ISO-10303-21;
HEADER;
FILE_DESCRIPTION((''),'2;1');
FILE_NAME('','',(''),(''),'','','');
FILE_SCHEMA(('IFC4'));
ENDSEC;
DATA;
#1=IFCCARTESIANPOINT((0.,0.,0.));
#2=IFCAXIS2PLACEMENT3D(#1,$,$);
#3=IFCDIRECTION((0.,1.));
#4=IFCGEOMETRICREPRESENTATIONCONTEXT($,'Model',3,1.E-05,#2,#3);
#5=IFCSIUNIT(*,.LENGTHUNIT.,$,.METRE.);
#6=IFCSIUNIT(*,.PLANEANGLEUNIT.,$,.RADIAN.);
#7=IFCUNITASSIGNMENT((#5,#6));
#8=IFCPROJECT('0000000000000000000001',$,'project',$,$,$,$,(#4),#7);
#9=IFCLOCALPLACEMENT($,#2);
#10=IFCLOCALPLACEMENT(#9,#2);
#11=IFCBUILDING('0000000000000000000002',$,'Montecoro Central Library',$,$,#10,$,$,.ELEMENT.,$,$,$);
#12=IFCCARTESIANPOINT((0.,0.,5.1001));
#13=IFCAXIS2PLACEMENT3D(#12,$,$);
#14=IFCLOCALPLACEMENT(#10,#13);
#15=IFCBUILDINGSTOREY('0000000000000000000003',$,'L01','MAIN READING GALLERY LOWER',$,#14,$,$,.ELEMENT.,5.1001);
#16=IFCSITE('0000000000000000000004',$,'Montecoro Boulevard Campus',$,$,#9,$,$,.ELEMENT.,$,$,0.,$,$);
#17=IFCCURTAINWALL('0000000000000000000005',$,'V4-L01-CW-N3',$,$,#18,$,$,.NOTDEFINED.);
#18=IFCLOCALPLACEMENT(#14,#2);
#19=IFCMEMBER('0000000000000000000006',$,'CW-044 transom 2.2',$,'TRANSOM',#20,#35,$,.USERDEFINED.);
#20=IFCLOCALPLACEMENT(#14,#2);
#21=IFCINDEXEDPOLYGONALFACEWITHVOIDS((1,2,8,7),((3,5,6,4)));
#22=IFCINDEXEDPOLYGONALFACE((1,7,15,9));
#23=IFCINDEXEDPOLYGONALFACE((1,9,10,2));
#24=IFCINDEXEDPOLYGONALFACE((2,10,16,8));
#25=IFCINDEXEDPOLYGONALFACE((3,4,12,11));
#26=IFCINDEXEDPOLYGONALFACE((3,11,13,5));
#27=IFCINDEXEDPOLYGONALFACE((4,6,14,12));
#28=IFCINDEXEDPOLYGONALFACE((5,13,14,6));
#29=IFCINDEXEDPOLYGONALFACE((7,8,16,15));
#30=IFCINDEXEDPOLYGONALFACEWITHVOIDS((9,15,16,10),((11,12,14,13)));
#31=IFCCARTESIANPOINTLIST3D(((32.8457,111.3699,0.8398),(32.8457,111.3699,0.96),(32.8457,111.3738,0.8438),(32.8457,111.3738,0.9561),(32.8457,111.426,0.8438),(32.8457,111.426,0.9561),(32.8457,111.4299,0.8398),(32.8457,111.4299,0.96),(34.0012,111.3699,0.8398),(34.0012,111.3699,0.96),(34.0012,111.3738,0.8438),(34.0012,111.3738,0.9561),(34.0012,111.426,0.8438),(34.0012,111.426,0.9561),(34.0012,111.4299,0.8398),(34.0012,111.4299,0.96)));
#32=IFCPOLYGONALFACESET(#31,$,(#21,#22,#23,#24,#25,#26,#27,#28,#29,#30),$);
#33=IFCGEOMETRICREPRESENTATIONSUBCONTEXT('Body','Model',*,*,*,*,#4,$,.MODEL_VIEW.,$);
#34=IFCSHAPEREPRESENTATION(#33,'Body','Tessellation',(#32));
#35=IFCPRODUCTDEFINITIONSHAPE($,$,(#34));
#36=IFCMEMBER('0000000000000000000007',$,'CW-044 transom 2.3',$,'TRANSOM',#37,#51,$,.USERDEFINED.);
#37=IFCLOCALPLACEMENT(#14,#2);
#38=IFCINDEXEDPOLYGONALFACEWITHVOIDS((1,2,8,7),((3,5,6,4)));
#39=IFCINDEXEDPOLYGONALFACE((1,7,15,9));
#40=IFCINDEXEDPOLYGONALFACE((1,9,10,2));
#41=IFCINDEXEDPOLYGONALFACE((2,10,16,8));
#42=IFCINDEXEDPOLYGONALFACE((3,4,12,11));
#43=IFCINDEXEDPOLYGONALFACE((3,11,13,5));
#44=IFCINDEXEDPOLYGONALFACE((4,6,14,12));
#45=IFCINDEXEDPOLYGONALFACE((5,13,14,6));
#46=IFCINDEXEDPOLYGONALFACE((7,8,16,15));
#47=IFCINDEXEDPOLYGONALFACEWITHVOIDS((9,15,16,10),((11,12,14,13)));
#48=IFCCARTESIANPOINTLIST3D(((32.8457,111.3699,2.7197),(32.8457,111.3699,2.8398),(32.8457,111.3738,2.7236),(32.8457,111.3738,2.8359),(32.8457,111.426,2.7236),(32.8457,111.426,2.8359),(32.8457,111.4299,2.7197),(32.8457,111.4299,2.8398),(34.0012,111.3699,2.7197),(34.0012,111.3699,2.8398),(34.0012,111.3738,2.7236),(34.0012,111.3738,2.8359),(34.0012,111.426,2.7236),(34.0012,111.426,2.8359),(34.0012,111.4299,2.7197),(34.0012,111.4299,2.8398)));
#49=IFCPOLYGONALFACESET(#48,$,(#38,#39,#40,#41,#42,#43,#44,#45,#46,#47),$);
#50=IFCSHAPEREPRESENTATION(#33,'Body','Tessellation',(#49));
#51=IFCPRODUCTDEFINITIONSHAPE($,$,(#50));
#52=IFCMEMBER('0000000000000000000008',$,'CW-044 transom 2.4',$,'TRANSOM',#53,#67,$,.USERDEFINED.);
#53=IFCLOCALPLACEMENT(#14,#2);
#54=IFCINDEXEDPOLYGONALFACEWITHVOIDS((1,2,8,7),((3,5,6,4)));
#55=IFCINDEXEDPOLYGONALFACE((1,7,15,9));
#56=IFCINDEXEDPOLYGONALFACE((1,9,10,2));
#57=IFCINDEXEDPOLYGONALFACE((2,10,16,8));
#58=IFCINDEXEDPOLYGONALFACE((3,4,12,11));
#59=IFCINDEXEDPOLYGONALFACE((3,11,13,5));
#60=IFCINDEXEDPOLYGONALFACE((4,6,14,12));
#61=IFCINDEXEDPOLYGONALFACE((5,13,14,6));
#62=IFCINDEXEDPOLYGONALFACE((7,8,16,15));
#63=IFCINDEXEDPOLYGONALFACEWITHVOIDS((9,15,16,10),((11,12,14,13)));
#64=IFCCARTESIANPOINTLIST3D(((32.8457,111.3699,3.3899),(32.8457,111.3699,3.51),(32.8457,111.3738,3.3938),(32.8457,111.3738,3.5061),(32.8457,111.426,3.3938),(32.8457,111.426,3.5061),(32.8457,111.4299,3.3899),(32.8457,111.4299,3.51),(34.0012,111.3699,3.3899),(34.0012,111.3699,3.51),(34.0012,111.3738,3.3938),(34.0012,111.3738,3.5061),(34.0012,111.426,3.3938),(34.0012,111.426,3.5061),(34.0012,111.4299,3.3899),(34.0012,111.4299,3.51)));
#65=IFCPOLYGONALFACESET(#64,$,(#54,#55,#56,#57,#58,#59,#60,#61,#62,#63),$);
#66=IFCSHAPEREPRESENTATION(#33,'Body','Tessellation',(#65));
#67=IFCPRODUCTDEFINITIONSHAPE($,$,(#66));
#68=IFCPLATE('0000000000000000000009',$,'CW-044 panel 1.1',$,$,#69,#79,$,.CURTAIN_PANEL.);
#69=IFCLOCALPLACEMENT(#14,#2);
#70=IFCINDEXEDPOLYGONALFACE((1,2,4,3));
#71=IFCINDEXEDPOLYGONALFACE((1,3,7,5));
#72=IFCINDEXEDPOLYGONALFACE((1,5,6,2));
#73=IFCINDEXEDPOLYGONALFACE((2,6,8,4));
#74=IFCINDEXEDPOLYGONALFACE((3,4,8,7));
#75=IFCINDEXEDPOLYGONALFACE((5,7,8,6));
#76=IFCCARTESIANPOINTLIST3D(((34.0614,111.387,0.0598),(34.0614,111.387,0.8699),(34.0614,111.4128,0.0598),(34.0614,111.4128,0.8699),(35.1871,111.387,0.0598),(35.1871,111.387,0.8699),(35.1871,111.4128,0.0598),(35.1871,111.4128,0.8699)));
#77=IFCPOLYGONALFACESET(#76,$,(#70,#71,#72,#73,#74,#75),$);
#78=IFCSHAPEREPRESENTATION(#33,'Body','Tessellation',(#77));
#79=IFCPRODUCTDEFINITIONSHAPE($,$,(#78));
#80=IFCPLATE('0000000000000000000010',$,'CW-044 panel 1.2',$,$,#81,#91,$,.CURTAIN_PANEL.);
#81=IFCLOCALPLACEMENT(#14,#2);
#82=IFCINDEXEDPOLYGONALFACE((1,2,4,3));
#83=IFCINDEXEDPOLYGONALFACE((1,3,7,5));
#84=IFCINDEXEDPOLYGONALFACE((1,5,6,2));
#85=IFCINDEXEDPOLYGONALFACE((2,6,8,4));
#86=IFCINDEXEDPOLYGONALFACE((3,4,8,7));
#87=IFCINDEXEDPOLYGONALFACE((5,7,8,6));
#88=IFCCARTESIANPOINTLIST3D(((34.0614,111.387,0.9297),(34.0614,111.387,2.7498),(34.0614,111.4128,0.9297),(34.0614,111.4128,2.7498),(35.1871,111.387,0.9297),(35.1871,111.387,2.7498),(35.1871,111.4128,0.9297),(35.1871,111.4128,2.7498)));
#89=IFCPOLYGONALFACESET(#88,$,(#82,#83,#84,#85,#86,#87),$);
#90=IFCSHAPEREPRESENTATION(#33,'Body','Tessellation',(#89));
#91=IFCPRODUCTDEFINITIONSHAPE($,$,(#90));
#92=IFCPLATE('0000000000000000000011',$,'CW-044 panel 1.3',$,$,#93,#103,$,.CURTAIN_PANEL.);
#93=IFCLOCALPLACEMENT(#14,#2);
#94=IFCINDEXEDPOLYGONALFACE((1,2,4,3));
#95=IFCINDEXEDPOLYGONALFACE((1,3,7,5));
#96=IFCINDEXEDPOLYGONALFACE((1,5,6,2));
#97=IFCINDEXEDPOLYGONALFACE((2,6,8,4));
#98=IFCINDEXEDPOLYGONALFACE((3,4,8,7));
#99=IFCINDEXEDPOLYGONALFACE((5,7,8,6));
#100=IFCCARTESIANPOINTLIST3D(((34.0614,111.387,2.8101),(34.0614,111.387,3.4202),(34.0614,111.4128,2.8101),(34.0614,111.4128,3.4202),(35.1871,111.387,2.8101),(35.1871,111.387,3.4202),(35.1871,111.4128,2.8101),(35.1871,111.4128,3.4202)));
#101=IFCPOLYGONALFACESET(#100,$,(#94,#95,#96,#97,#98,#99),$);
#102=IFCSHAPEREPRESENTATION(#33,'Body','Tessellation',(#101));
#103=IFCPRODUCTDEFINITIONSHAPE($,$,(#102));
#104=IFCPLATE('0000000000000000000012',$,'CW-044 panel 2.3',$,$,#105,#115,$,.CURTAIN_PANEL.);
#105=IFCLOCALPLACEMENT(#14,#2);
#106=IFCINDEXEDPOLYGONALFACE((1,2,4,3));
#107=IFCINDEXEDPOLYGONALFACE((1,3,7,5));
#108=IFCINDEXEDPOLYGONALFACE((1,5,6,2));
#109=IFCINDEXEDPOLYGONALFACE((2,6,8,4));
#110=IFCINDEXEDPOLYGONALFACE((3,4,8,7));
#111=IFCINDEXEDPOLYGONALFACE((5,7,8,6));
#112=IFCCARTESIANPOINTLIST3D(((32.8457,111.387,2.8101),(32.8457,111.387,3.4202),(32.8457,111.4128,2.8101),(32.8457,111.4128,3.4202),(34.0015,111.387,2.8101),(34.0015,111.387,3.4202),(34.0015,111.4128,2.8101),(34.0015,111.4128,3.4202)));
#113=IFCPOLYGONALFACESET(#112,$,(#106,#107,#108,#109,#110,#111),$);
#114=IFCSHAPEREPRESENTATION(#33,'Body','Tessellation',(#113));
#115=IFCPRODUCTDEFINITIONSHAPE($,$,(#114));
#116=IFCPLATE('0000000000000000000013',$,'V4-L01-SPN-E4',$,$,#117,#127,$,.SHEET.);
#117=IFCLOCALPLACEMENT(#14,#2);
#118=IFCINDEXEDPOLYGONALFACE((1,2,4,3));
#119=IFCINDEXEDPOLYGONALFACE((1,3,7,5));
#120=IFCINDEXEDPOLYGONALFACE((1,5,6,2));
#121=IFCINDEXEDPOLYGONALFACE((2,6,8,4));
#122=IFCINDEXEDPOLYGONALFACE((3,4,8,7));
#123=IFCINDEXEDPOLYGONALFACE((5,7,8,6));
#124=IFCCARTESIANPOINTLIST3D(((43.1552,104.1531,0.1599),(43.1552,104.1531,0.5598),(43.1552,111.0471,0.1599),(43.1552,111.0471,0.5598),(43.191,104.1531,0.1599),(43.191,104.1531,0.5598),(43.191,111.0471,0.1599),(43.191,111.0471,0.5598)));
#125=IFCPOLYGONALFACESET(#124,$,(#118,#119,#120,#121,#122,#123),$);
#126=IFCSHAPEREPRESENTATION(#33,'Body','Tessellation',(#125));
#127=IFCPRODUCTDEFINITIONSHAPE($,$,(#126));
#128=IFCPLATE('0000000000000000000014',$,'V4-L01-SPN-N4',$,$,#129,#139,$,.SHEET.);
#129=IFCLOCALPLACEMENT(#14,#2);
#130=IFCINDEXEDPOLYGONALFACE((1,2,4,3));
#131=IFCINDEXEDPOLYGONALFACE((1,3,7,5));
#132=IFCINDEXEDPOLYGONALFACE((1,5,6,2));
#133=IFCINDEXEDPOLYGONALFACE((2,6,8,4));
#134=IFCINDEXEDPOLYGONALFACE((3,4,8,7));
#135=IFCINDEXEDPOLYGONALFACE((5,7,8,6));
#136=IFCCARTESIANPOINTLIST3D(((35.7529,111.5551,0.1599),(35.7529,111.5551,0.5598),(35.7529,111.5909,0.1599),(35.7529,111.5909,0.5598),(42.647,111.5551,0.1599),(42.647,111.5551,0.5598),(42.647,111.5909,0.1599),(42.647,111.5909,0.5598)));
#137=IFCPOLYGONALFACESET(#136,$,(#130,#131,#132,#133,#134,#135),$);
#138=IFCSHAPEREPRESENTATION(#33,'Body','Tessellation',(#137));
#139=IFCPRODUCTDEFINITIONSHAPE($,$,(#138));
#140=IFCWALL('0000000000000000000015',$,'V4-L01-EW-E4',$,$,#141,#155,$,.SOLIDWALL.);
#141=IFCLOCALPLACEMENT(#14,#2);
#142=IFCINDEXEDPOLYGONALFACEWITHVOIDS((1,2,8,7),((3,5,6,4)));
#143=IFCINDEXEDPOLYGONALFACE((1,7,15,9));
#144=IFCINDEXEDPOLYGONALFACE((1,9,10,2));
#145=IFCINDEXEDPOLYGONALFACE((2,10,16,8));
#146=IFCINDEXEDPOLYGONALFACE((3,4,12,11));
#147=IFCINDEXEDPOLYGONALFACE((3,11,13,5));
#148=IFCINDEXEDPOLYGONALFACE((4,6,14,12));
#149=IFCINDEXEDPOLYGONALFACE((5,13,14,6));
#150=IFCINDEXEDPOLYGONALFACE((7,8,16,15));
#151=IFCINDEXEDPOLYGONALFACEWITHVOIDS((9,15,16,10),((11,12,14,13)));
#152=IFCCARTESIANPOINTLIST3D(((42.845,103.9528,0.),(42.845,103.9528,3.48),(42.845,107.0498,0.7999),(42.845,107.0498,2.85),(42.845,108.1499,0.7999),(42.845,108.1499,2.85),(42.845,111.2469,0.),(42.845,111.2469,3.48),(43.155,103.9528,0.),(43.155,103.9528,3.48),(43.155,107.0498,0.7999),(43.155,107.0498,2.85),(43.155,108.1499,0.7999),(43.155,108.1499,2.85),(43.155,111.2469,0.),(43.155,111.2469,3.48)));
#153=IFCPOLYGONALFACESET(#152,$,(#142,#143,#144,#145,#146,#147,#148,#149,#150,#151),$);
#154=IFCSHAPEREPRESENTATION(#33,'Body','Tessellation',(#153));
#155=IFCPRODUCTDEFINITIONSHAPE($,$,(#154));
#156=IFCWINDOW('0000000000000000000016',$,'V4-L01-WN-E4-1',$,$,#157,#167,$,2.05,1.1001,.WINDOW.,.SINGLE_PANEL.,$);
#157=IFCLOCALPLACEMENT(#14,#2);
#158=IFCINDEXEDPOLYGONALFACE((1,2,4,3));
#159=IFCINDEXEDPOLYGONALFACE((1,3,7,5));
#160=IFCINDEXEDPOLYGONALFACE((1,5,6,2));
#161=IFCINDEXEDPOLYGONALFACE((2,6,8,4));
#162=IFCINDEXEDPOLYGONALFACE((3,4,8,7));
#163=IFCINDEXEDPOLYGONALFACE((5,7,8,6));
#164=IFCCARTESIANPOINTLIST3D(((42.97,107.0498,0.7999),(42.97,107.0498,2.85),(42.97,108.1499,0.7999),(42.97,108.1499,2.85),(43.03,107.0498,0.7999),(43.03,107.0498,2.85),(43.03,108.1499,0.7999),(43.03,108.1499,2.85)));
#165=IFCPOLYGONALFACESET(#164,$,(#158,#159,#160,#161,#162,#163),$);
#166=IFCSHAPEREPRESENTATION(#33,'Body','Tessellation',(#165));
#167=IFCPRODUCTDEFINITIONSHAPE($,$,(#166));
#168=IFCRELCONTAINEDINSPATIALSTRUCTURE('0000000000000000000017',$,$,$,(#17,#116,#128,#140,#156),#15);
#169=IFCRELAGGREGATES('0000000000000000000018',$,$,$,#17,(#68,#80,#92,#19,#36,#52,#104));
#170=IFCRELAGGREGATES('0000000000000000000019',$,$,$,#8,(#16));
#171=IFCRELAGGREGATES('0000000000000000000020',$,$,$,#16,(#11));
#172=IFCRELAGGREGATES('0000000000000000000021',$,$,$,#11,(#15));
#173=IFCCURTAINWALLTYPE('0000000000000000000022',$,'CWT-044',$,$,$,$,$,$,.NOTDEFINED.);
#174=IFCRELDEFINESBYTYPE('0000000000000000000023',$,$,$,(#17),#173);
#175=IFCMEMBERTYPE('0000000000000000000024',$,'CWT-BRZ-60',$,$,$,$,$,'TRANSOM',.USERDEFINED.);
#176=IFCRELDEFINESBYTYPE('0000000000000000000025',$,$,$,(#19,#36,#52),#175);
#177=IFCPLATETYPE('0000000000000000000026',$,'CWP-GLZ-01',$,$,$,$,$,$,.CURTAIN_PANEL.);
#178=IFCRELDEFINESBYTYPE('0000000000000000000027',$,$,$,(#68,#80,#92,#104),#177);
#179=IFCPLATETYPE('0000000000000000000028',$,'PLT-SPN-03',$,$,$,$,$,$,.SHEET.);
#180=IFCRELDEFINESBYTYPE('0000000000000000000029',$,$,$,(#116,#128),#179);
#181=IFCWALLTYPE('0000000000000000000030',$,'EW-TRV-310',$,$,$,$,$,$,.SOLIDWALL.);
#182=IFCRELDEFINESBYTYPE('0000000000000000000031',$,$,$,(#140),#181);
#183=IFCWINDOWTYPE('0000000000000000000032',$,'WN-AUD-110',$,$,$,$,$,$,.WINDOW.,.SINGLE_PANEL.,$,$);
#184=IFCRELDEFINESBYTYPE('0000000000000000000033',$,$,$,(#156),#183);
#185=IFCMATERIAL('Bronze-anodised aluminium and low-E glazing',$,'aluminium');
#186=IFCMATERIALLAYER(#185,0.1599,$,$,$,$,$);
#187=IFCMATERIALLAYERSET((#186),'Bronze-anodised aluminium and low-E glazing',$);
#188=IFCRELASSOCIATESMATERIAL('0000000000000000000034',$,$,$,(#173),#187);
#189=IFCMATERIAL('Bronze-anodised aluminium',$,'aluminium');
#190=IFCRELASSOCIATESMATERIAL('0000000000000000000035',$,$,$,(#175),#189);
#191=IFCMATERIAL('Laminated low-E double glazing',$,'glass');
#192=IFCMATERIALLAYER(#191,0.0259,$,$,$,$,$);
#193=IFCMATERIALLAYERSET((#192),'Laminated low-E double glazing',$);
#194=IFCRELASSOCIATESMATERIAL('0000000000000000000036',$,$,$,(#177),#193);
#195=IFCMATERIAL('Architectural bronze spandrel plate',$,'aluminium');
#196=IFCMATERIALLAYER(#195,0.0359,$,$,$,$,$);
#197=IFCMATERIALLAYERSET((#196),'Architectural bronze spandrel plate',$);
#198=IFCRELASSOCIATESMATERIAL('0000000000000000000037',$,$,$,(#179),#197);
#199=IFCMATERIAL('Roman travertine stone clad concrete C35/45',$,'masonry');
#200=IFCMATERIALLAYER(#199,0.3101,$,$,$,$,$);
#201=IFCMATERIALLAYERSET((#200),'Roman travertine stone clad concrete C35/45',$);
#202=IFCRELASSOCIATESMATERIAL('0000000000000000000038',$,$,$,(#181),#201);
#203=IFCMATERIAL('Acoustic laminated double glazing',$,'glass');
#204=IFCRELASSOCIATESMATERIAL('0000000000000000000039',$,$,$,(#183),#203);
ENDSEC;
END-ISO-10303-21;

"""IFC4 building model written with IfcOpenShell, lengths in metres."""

from ifc_helpers import new_model, si_unit, direction, frame, frame_2d, origin, origin_2d, place, context, subcontext, project, spatial, rectangle, hollow_rectangle, extrude, material, layer, layer_set, material_profile, profile_set, type_object, element, fill, aggregate, save


model = new_model("IFC4")

# Units and contexts
model_context = context("Model", 3, precision=1e-05, world=origin(), true_north=direction((0.0, 1.0)))
body_context = subcontext(model_context, "Body", "Model", "MODEL_VIEW")
ifc_project = project(units=[si_unit("LENGTHUNIT", "METRE"), si_unit("PLANEANGLEUNIT", "RADIAN")], contexts=[model_context])

# Site, building, storey
site_placement = place(None, origin())
site = spatial("IfcSite", under=ifc_project, at=site_placement, Name="Montecoro Boulevard Campus", CompositionType="ELEMENT", RefElevation=0.0)
building_placement = place(site_placement, origin())
building = spatial("IfcBuilding", under=site, at=building_placement, Name="Montecoro Central Library", CompositionType="ELEMENT")
storey_placement = place(building_placement, frame((0.0, 0.0, 5.1001)))
storey = spatial("IfcBuildingStorey", under=building, at=storey_placement, Name="L01", Description="MAIN READING GALLERY LOWER", CompositionType="ELEMENT", Elevation=5.1001)

# Curtain wall, members, plates
ifc_material_1 = material(Name="Bronze-anodised aluminium and low-E glazing", Category="aluminium")
ifc_layer_1 = layer(ifc_material_1, 0.1599)
ifc_layer_set_1 = layer_set([ifc_layer_1], Name="Bronze-anodised aluminium and low-E glazing")
curtain_wall_type = type_object("IfcCurtainWallType", Name="CWT-044", PredefinedType="NOTDEFINED", material=ifc_layer_set_1)
curtain_wall_placement = place(storey_placement, origin())
curtain_wall = element("IfcCurtainWall", 1, at=curtain_wall_placement, inside=storey, type_object=curtain_wall_type, Name="V4-L01-CW-N3", PredefinedType="NOTDEFINED")
ifc_material_2 = material(Name="Bronze-anodised aluminium", Category="aluminium")
ifc_material_profile_1 = material_profile(ifc_material_2, hollow_rectangle(XDim=0.0601, YDim=0.1201, WallThickness=0.0039, at=origin_2d()), Name="CWT 120x60x4.0")
ifc_profile_set_1 = profile_set([ifc_material_profile_1], Name="Bronze-anodised aluminium")
member_type_1 = type_object("IfcMemberType", Name="CWT-BRZ-60", ElementType="TRANSOM", PredefinedType="USERDEFINED", material=ifc_profile_set_1)
member_1_placement = place(storey_placement, frame((34.0012, 111.3999, 0.8999), z_axis=(-1.0, 0.0, 0.0), x_axis=(0.0, -1.0, 0.0)))
member_1 = element("IfcMember", 2, at=member_1_placement, type_object=member_type_1, Name="CW-044 transom 2.2", ObjectType="TRANSOM", PredefinedType="USERDEFINED", context=body_context, shape_type="SweptSolid", body=[
    extrude(hollow_rectangle(XDim=0.0601, YDim=0.1201, WallThickness=0.0039, at=origin_2d()), origin(), (0.0, 0.0, 1.0), 1.1555),
])
member_2_placement = place(storey_placement, frame((34.0012, 111.3999, 2.7798), z_axis=(-1.0, 0.0, 0.0), x_axis=(0.0, -1.0, 0.0)))
member_2 = element("IfcMember", 3, at=member_2_placement, type_object=member_type_1, Name="CW-044 transom 2.3", ObjectType="TRANSOM", PredefinedType="USERDEFINED", context=body_context, shape_type="SweptSolid", body=[
    extrude(hollow_rectangle(XDim=0.0601, YDim=0.1201, WallThickness=0.0039, at=origin_2d()), origin(), (0.0, 0.0, 1.0), 1.1555),
])
member_3_placement = place(storey_placement, frame((34.0012, 111.3999, 3.45), z_axis=(-1.0, 0.0, 0.0), x_axis=(0.0, -1.0, 0.0)))
member_3 = element("IfcMember", 4, at=member_3_placement, type_object=member_type_1, Name="CW-044 transom 2.4", ObjectType="TRANSOM", PredefinedType="USERDEFINED", context=body_context, shape_type="SweptSolid", body=[
    extrude(hollow_rectangle(XDim=0.0601, YDim=0.1201, WallThickness=0.0039, at=origin_2d()), origin(), (0.0, 0.0, 1.0), 1.1555),
])
ifc_material_3 = material(Name="Laminated low-E double glazing", Category="glass")
ifc_layer_2 = layer(ifc_material_3, 0.0259)
ifc_layer_set_2 = layer_set([ifc_layer_2], Name="Laminated low-E double glazing")
plate_type_1 = type_object("IfcPlateType", Name="CWP-GLZ-01", PredefinedType="CURTAIN_PANEL", material=ifc_layer_set_2)
plate_1_placement = place(storey_placement, frame((34.6243, 111.3999, 0.0598), z_axis=(0.0, 0.0, 1.0), x_axis=(-1.0, 0.0, 0.0)))
plate_1 = element("IfcPlate", 5, at=plate_1_placement, type_object=plate_type_1, Name="CW-044 panel 1.1", PredefinedType="CURTAIN_PANEL", context=body_context, shape_type="SweptSolid", body=[
    extrude(rectangle(XDim=1.1257, YDim=0.0259, at=origin_2d()), origin(), (0.0, 0.0, 1.0), 0.8101),
])
plate_2_placement = place(storey_placement, frame((34.6243, 111.3999, 0.9297), z_axis=(0.0, 0.0, 1.0), x_axis=(-1.0, 0.0, 0.0)))
plate_2 = element("IfcPlate", 6, at=plate_2_placement, type_object=plate_type_1, Name="CW-044 panel 1.2", PredefinedType="CURTAIN_PANEL", context=body_context, shape_type="SweptSolid", body=[
    extrude(rectangle(XDim=1.1257, YDim=0.0259, at=origin_2d()), origin(), (0.0, 0.0, 1.0), 1.8201),
])
plate_3_placement = place(storey_placement, frame((34.6243, 111.3999, 2.8101), z_axis=(0.0, 0.0, 1.0), x_axis=(-1.0, 0.0, 0.0)))
plate_3 = element("IfcPlate", 7, at=plate_3_placement, type_object=plate_type_1, Name="CW-044 panel 1.3", PredefinedType="CURTAIN_PANEL", context=body_context, shape_type="SweptSolid", body=[
    extrude(rectangle(XDim=1.1257, YDim=0.0259, at=origin_2d()), origin(), (0.0, 0.0, 1.0), 0.6101),
])
plate_4_placement = place(storey_placement, frame((33.4236, 111.3999, 2.8101), z_axis=(0.0, 0.0, 1.0), x_axis=(-1.0, 0.0, 0.0)))
plate_4 = element("IfcPlate", 8, at=plate_4_placement, type_object=plate_type_1, Name="CW-044 panel 2.3", PredefinedType="CURTAIN_PANEL", context=body_context, shape_type="SweptSolid", body=[
    extrude(rectangle(XDim=1.1558, YDim=0.0259, at=origin_2d()), origin(), (0.0, 0.0, 1.0), 0.6101),
])
aggregate(curtain_wall, [plate_1, plate_2, plate_3, member_1, member_2, member_3, plate_4])

# Plates
ifc_material_4 = material(Name="Architectural bronze spandrel plate", Category="aluminium")
ifc_layer_3 = layer(ifc_material_4, 0.0359)
ifc_layer_set_3 = layer_set([ifc_layer_3], Name="Architectural bronze spandrel plate")
plate_type_2 = type_object("IfcPlateType", Name="PLT-SPN-03", PredefinedType="SHEET", material=ifc_layer_set_3)
for number, where, z_axis, x_axis, name in (
    (9, (43.1731, 107.6001, 0.1599), (0.0, 0.0, 1.0), (0.0, 1.0, 0.0), "V4-L01-SPN-E4"),
    (10, (39.2, 111.573, 0.1599), (0.0, 0.0, 1.0), (-1.0, 0.0, 0.0), "V4-L01-SPN-N4"),
):
    element("IfcPlate", number, at=place(storey_placement, frame(where, z_axis=z_axis, x_axis=x_axis)), inside=storey, type_object=plate_type_2, Name=name, PredefinedType="SHEET", context=body_context, shape_type="SweptSolid", body=[
        extrude(rectangle(XDim=6.894, YDim=0.0359, at=origin_2d()), origin(), (0.0, 0.0, 1.0), 0.3999),
    ])

# Wall, opening, window
ifc_material_5 = material(Name="Roman travertine stone clad concrete C35/45", Category="masonry")
ifc_layer_4 = layer(ifc_material_5, 0.3101)
ifc_layer_set_4 = layer_set([ifc_layer_4], Name="Roman travertine stone clad concrete C35/45")
wall_type_1 = type_object("IfcWallType", Name="EW-TRV-310", PredefinedType="SOLIDWALL", material=ifc_layer_set_4)
wall_1_placement = place(storey_placement, frame((43.0, 103.9529, 0.0), z_axis=(0.0, 0.0, 1.0), x_axis=(0.0, 1.0, 0.0)))
wall_1 = element("IfcWall", 11, at=wall_1_placement, inside=storey, type_object=wall_type_1, Name="V4-L01-EW-E4", PredefinedType="SOLIDWALL", context=body_context, shape_type="SweptSolid", body=[
    extrude(rectangle(XDim=7.2942, YDim=0.3101, at=frame_2d((3.647, 0.0))), origin(), (0.0, 0.0, 1.0), 3.48),
])
opening_1_placement = place(wall_1_placement, frame((3.0969, 0.0, 0.8)))
opening_1 = element("IfcOpeningElement", 12, at=opening_1_placement, cuts=wall_1, PredefinedType="OPENING", context=body_context, shape_type="SweptSolid", body=[
    extrude(rectangle(XDim=1.1001, YDim=2.05, at=frame_2d((0.55, 1.0249))), frame((0.0, 0.165, 0.0), z_axis=(0.0, -1.0, 0.0), x_axis=(1.0, 0.0, 0.0)), (0.0, 0.0, 1.0), 0.3301),
])
ifc_material_6 = material(Name="Acoustic laminated double glazing", Category="glass")
window_type = type_object("IfcWindowType", Name="WN-AUD-110", PartitioningType="SINGLE_PANEL", PredefinedType="WINDOW", material=ifc_material_6)
window_1_placement = place(opening_1_placement, origin())
window_1 = element("IfcWindow", 13, at=window_1_placement, inside=storey, type_object=window_type, Name="V4-L01-WN-E4-1", OverallHeight=2.05, OverallWidth=1.1001, PartitioningType="SINGLE_PANEL", PredefinedType="WINDOW", context=body_context, shape_type="SweptSolid", body=[
    extrude(rectangle(XDim=1.1001, YDim=2.05, at=frame_2d((0.55, 1.0249))), frame((0.0, 0.03, 0.0), z_axis=(0.0, -1.0, 0.0), x_axis=(1.0, 0.0, 0.0)), (0.0, 0.0, 1.0), 0.0601),
])
fill(opening_1, window_1)

save(model, "model.ifc")
